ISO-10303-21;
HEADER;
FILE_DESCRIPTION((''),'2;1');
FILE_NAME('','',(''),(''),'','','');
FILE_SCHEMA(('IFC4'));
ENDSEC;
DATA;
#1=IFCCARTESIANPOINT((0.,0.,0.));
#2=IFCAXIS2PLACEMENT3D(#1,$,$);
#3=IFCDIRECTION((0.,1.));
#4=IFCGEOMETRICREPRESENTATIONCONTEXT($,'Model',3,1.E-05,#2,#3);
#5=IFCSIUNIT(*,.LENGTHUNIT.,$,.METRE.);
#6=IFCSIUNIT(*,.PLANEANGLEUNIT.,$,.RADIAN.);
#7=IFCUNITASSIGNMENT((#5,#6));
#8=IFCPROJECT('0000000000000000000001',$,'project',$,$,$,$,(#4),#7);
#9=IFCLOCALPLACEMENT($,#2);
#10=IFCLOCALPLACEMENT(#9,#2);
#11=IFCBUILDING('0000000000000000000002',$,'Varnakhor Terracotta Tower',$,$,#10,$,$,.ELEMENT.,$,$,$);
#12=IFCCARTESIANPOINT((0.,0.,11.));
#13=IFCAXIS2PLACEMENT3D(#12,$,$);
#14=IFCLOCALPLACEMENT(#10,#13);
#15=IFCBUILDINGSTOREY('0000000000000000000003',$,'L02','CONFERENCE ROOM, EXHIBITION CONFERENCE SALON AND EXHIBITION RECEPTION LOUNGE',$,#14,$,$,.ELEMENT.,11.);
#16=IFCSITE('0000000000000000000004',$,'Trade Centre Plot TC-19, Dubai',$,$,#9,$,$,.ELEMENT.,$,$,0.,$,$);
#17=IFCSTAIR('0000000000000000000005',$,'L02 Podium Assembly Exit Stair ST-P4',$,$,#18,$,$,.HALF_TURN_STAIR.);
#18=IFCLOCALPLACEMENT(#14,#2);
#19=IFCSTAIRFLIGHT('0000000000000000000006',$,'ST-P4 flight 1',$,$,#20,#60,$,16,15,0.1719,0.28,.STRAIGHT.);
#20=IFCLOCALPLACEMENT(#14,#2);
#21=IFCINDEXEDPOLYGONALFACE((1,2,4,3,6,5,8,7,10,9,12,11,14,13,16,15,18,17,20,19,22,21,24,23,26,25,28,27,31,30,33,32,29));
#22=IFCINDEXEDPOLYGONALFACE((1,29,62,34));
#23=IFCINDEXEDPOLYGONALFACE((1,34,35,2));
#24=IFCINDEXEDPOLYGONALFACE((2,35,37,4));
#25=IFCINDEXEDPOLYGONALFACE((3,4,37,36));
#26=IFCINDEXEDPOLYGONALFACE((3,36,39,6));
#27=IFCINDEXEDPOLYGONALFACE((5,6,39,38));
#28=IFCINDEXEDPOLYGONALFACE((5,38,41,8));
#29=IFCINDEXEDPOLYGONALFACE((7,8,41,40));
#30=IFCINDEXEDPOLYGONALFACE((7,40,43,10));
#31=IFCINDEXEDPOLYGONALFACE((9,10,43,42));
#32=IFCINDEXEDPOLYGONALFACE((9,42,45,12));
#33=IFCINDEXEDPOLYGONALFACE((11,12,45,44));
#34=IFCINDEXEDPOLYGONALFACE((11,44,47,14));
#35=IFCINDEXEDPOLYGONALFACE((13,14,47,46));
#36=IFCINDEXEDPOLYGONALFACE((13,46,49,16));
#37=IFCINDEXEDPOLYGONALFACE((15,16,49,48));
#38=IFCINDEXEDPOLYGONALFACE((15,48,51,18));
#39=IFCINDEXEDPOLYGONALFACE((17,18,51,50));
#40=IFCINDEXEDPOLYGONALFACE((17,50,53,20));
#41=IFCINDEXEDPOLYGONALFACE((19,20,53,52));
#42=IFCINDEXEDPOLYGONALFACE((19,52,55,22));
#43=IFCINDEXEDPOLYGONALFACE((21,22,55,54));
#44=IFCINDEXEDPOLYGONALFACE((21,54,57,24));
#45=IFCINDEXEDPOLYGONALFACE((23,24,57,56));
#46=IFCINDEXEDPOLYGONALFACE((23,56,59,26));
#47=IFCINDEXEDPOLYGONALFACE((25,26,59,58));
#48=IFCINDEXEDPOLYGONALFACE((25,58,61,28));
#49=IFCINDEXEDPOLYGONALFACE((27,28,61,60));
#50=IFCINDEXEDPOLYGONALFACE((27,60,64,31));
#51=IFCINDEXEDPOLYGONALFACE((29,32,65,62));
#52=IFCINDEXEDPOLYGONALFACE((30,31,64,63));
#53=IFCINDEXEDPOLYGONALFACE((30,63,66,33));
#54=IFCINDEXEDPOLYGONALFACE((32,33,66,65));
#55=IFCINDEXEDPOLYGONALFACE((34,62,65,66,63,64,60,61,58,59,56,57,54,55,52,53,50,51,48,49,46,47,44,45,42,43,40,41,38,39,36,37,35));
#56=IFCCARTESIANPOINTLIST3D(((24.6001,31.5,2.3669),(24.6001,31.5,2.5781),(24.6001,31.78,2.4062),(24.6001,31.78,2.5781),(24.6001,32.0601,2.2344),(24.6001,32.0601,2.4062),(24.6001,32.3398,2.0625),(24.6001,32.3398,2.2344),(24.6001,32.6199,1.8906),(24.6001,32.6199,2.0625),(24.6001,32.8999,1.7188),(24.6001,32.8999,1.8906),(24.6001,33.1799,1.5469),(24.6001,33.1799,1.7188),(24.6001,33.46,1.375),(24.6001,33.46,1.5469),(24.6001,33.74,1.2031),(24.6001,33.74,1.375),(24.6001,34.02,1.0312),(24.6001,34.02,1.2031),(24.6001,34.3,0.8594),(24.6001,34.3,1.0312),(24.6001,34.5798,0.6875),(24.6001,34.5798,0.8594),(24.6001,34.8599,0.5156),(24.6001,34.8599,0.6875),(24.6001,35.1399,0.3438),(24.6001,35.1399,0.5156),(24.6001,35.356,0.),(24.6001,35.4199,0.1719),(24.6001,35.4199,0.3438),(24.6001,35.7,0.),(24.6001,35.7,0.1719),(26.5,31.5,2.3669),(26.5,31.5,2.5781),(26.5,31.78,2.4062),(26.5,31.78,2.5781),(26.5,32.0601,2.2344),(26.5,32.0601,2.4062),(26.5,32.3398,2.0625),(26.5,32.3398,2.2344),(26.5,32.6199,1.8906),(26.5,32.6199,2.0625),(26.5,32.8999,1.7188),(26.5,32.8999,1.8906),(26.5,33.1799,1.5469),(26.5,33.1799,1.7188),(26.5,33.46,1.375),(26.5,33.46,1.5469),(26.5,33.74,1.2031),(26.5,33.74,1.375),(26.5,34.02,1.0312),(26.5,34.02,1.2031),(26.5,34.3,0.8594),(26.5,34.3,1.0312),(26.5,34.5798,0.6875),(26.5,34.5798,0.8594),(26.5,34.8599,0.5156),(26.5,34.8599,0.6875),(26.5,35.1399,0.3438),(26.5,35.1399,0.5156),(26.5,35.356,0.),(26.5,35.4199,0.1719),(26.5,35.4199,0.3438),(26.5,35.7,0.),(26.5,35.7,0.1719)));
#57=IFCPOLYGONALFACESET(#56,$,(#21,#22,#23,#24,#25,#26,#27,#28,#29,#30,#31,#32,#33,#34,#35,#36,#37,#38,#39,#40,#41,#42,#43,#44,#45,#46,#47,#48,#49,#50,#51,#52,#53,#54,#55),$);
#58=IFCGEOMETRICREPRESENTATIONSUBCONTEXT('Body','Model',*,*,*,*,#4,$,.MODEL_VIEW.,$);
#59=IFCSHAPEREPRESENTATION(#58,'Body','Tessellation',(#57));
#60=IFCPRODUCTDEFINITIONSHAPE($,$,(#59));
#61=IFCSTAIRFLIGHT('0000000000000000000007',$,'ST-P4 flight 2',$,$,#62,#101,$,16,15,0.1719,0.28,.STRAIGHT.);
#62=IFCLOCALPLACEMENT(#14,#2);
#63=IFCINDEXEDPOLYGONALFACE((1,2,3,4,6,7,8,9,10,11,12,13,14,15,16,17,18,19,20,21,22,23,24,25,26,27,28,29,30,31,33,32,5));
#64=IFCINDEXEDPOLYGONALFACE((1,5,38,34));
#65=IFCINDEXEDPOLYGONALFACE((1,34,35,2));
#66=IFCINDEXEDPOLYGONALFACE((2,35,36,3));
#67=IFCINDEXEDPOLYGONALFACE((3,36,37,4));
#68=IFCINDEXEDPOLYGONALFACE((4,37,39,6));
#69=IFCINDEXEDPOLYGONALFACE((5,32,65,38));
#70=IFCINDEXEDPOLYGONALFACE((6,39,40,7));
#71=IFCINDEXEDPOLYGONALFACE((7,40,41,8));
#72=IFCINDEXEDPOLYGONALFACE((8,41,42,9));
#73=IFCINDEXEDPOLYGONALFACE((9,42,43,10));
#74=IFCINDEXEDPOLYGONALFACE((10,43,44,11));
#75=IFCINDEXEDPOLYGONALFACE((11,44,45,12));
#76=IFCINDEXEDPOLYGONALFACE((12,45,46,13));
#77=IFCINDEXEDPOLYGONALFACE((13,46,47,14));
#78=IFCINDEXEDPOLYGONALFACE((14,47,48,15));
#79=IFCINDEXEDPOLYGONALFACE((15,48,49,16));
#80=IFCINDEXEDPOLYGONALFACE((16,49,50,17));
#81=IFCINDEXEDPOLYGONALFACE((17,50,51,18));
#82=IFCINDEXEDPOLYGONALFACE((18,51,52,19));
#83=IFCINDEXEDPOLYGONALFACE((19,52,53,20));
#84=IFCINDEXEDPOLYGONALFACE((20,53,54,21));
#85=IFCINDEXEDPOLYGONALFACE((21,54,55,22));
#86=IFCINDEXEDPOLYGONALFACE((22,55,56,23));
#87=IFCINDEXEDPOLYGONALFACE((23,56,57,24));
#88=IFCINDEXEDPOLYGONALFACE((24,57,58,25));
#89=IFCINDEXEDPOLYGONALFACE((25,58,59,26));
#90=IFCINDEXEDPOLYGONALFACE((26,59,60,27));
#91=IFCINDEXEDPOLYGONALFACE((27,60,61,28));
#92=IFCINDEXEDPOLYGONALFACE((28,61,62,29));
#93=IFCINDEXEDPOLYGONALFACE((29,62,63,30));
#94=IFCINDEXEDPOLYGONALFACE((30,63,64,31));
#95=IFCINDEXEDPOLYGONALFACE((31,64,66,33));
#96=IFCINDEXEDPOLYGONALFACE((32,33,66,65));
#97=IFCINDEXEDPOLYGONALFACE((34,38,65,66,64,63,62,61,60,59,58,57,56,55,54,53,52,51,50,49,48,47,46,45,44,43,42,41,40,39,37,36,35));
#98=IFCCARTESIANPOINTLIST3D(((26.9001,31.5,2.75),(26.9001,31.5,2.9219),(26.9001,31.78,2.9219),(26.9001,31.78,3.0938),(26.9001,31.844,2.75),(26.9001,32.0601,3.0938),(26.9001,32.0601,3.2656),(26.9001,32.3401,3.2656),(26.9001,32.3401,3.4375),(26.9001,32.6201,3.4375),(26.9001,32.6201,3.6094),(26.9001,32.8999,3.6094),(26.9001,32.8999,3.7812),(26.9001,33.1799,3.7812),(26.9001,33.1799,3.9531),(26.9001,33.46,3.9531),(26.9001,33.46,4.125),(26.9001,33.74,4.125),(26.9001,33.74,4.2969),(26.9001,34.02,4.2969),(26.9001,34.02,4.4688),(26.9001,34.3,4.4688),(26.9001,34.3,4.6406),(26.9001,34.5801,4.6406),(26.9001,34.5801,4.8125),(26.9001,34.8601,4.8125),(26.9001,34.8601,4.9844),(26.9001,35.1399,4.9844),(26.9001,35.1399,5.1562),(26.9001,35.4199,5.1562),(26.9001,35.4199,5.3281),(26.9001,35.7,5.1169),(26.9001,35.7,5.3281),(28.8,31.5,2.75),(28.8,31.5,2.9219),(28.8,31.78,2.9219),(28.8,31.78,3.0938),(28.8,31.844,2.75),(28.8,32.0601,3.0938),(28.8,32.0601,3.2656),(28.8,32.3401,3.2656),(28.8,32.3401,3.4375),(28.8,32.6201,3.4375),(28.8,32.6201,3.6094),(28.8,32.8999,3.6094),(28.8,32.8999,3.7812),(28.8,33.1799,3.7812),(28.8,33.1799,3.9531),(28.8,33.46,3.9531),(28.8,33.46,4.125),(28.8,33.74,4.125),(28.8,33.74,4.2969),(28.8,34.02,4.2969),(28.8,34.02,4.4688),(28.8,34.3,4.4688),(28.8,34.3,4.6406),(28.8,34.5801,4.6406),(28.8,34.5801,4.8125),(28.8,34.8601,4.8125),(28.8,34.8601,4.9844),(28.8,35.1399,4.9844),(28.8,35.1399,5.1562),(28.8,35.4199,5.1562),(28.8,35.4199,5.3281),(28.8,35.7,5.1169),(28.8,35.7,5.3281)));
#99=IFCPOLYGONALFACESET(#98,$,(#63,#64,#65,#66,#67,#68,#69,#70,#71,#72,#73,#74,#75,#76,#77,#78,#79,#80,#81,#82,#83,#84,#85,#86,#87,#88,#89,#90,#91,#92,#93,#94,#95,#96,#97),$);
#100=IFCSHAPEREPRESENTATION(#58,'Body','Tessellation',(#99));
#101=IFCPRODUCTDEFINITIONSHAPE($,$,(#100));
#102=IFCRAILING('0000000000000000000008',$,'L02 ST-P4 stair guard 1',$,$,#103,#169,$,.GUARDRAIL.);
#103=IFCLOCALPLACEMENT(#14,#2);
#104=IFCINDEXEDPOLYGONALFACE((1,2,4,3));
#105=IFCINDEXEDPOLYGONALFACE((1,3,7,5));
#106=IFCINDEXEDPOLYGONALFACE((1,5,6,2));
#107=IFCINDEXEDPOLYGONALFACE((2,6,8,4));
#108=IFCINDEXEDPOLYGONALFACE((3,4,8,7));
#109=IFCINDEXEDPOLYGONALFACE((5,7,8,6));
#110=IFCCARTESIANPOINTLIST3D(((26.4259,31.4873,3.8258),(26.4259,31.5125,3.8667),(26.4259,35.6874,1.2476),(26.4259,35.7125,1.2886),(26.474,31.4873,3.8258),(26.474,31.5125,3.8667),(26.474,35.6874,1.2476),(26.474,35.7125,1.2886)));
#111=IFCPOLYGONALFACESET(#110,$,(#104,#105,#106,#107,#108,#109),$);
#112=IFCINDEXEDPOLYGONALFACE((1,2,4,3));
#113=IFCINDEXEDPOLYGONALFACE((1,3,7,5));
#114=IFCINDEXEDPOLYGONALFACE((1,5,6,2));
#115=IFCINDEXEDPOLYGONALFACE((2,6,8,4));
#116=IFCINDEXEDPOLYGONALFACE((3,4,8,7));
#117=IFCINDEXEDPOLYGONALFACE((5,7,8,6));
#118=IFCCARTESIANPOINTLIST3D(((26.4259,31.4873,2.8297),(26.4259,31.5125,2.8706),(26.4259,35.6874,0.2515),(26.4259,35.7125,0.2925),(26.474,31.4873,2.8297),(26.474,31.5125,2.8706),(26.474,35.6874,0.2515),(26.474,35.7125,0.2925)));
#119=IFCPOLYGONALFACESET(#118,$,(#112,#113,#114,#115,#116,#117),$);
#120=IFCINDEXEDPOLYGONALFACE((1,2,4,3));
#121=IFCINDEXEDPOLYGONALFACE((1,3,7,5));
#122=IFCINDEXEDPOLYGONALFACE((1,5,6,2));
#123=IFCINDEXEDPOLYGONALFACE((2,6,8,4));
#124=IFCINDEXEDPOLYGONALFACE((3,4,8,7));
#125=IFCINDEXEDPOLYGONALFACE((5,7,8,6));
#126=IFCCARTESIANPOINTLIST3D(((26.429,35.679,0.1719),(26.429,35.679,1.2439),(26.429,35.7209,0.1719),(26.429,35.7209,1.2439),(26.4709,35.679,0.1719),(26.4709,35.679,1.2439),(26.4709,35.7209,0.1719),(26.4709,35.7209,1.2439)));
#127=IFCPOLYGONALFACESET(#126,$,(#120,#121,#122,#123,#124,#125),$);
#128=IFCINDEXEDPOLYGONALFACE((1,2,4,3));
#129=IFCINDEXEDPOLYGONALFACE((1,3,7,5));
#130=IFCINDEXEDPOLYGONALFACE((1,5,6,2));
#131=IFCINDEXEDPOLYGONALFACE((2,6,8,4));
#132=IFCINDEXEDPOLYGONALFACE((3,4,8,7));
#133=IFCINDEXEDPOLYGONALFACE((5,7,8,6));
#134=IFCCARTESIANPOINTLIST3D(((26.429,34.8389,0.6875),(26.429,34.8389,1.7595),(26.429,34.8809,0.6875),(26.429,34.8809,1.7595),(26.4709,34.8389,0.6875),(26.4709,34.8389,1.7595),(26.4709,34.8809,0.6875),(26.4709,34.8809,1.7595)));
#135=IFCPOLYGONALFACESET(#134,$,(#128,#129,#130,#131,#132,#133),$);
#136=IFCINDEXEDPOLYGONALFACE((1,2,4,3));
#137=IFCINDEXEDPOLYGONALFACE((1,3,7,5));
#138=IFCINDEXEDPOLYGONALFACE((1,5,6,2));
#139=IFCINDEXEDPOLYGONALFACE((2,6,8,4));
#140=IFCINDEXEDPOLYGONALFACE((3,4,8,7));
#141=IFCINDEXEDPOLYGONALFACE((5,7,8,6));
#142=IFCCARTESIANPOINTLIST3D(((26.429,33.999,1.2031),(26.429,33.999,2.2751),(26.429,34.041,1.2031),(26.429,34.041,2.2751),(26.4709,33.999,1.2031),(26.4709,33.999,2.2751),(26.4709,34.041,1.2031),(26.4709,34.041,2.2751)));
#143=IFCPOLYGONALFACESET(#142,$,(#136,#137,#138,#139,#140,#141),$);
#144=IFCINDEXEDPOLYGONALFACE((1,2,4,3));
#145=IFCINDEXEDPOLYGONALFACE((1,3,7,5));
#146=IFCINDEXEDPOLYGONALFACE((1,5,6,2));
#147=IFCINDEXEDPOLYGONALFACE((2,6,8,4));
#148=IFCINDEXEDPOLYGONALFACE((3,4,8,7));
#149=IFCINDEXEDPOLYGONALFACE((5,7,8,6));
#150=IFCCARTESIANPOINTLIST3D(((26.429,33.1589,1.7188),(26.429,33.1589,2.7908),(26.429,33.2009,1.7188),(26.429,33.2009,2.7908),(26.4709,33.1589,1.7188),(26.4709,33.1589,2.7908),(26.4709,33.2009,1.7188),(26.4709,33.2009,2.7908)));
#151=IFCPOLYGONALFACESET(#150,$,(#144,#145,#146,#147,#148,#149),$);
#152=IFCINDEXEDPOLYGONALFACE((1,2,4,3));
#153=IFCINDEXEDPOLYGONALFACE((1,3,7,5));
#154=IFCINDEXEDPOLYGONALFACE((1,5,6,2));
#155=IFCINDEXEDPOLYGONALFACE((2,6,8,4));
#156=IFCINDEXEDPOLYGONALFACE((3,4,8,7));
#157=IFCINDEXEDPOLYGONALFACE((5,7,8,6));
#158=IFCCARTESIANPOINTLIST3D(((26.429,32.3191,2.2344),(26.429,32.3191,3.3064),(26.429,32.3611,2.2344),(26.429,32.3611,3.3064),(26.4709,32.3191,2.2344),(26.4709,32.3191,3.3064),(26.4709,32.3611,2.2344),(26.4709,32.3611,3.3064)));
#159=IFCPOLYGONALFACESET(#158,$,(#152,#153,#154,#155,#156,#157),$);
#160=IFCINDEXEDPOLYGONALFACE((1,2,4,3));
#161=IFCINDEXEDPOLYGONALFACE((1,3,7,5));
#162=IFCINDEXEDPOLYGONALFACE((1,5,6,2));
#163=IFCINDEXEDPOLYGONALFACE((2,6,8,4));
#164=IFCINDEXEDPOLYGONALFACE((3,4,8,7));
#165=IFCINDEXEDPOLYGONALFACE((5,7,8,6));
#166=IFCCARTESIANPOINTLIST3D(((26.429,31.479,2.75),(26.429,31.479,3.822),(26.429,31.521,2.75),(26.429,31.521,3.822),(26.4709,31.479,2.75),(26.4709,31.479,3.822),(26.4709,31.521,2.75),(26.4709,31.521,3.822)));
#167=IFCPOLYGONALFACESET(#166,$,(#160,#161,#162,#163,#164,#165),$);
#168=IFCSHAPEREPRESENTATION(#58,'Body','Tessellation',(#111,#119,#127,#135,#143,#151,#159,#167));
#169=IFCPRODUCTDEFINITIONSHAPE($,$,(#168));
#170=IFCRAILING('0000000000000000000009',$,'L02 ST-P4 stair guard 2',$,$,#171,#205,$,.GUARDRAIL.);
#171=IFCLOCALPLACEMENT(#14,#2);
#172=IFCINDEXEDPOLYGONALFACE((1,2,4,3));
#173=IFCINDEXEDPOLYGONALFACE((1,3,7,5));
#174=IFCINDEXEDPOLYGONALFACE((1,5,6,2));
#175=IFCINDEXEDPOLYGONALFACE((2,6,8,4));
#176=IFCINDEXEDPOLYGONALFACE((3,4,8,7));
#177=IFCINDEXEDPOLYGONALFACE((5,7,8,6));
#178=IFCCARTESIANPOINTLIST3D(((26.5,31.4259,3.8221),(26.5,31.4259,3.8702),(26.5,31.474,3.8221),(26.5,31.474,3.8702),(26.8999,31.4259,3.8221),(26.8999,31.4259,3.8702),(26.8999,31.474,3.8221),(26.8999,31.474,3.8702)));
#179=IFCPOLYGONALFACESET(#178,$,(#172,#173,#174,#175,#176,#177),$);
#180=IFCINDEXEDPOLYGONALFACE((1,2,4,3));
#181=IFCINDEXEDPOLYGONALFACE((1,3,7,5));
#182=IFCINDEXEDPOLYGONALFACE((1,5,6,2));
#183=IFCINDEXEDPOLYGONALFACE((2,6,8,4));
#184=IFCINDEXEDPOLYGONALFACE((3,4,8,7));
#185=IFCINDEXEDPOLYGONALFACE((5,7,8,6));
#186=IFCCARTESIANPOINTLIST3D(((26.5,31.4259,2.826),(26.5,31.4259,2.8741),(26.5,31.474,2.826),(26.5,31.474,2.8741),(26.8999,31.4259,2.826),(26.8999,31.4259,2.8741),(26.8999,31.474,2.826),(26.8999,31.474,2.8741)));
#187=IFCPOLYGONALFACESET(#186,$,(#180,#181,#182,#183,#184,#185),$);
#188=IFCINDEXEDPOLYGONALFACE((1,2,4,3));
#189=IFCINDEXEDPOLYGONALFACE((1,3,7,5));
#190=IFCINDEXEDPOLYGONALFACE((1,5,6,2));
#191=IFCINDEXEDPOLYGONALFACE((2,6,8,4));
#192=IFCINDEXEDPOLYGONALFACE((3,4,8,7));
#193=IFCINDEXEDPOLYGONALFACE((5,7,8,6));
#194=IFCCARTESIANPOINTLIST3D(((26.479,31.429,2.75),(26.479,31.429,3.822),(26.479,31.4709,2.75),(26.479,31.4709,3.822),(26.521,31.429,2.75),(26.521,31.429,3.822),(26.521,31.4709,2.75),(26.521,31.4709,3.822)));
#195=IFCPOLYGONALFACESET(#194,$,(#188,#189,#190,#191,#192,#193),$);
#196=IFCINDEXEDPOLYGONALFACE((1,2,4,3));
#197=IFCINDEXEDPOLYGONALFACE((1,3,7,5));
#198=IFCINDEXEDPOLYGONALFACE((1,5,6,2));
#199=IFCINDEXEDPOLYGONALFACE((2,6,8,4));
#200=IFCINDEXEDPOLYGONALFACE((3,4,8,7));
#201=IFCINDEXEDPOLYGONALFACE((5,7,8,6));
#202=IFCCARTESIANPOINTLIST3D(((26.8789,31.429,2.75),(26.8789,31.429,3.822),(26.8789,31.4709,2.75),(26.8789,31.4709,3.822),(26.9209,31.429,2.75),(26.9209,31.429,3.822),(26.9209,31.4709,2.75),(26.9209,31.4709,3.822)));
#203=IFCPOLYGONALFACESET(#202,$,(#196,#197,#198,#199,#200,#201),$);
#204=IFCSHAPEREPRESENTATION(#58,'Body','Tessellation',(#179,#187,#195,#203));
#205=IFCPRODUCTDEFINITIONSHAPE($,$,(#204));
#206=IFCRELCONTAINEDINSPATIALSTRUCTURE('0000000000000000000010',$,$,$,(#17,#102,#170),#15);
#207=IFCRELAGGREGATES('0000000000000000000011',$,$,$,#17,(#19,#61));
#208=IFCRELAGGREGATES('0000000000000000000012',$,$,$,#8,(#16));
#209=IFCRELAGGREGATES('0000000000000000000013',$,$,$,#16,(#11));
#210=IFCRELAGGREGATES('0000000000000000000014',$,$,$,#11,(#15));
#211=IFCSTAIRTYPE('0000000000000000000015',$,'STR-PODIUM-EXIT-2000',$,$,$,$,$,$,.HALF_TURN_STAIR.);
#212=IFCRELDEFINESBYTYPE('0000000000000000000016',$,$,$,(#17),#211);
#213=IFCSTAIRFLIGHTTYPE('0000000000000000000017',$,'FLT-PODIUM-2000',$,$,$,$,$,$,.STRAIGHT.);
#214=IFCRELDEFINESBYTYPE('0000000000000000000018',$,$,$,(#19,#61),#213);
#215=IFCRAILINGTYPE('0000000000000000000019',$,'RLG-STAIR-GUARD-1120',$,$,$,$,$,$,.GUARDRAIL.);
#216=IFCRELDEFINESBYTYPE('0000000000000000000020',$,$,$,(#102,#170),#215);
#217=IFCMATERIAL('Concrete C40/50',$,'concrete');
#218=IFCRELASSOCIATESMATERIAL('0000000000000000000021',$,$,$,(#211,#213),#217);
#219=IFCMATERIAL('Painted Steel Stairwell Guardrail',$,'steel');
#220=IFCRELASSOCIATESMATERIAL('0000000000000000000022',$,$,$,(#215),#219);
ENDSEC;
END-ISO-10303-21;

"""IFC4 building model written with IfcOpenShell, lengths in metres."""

from ifc_helpers import new_model, si_unit, direction, frame, origin, origin_2d, place, context, subcontext, project, spatial, polyline, rectangle, outline, extrude, material, type_object, element, aggregate, save


model = new_model("IFC4")

# Units and contexts
model_context = context("Model", 3, precision=1e-05, world=origin(), true_north=direction((0.0, 1.0)))
body_context = subcontext(model_context, "Body", "Model", "MODEL_VIEW")
ifc_project = project(units=[si_unit("LENGTHUNIT", "METRE"), si_unit("PLANEANGLEUNIT", "RADIAN")], contexts=[model_context])

# Site, building, storey
site_placement = place(None, origin())
site = spatial("IfcSite", under=ifc_project, at=site_placement, Name="Trade Centre Plot TC-19, Dubai", CompositionType="ELEMENT", RefElevation=0.0)
building_placement = place(site_placement, origin())
building = spatial("IfcBuilding", under=site, at=building_placement, Name="Varnakhor Terracotta Tower", CompositionType="ELEMENT")
storey_placement = place(building_placement, frame((0.0, 0.0, 11.0)))
storey = spatial("IfcBuildingStorey", under=building, at=storey_placement, Name="L02", Description="CONFERENCE ROOM, EXHIBITION CONFERENCE SALON AND EXHIBITION RECEPTION LOUNGE", CompositionType="ELEMENT", Elevation=11.0)

# Shared definitions
ifc_material_1 = material(Name="Concrete C40/50", Category="concrete")

# Stair, stair flights
stair_type = type_object("IfcStairType", Name="STR-PODIUM-EXIT-2000", PredefinedType="HALF_TURN_STAIR", material=ifc_material_1)
stair_placement = place(storey_placement, origin())
stair = element("IfcStair", 1, at=stair_placement, inside=storey, type_object=stair_type, Name="L02 Podium Assembly Exit Stair ST-P4", PredefinedType="HALF_TURN_STAIR")
stair_flight_type = type_object("IfcStairFlightType", Name="FLT-PODIUM-2000", PredefinedType="STRAIGHT", material=ifc_material_1)
stair_flight_1_placement = place(storey_placement, frame((25.55, 35.7, 0.0), z_axis=(0.0, 0.0, 1.0), x_axis=(0.0, -1.0, 0.0)))
stair_flight_1 = element("IfcStairFlight", 2, at=stair_flight_1_placement, type_object=stair_flight_type, Name="ST-P4 flight 1", NumberOfRisers=16, NumberOfTreads=15, PredefinedType="STRAIGHT", RiserHeight=0.1719, TreadLength=0.28, context=body_context, shape_type="SweptSolid", body=[
    extrude(outline(polyline([(0.0, 0.0), (0.0, 0.1719), (0.28, 0.1719), (0.28, 0.3438), (0.5601, 0.3438), (0.5601, 0.5156), (0.8401, 0.5156), (0.8401, 0.6875), (1.1201, 0.6875), (1.1201, 0.8594), (1.3999, 0.8594), (1.3999, 1.0312), (1.6799, 1.0312), (1.6799, 1.2031), (1.96, 1.2031), (1.96, 1.375), (2.24, 1.375), (2.24, 1.5469), (2.52, 1.5469), (2.52, 1.7188), (2.8, 1.7188), (2.8, 1.8906), (3.0801, 1.8906), (3.0801, 2.0625), (3.3601, 2.0625), (3.3601, 2.2344), (3.6399, 2.2344), (3.6399, 2.4062), (3.9199, 2.4062), (3.9199, 2.5781), (4.2, 2.5781), (4.2, 2.75), (4.2, 2.3669), (0.344, 0.0), (0.0, 0.0)])), frame((0.0, 0.95, 0.0), z_axis=(0.0, -1.0, 0.0), x_axis=(1.0, 0.0, 0.0)), (0.0, 0.0, 1.0), 1.8999),
])
stair_flight_2_placement = place(storey_placement, frame((27.8501, 31.5, 2.75), z_axis=(0.0, 0.0, 1.0), x_axis=(0.0, 1.0, 0.0)))
stair_flight_2 = element("IfcStairFlight", 3, at=stair_flight_2_placement, type_object=stair_flight_type, Name="ST-P4 flight 2", NumberOfRisers=16, NumberOfTreads=15, PredefinedType="STRAIGHT", RiserHeight=0.1719, TreadLength=0.28, context=body_context, shape_type="SweptSolid", body=[
    extrude(outline(polyline([(0.0, 0.0), (0.0, 0.1719), (0.28, 0.1719), (0.28, 0.3438), (0.5601, 0.3438), (0.5601, 0.5156), (0.8401, 0.5156), (0.8401, 0.6875), (1.1201, 0.6875), (1.1201, 0.8594), (1.3999, 0.8594), (1.3999, 1.0312), (1.6799, 1.0312), (1.6799, 1.2031), (1.96, 1.2031), (1.96, 1.375), (2.24, 1.375), (2.24, 1.5469), (2.52, 1.5469), (2.52, 1.7188), (2.8, 1.7188), (2.8, 1.8906), (3.0801, 1.8906), (3.0801, 2.0625), (3.3601, 2.0625), (3.3601, 2.2344), (3.6399, 2.2344), (3.6399, 2.4062), (3.9199, 2.4062), (3.9199, 2.5781), (4.2, 2.5781), (4.2, 2.75), (4.2, 2.3669), (0.344, 0.0), (0.0, 0.0)])), frame((0.0, 0.95, 0.0), z_axis=(0.0, -1.0, 0.0), x_axis=(1.0, 0.0, 0.0)), (0.0, 0.0, 1.0), 1.8999),
])
aggregate(stair, [stair_flight_1, stair_flight_2])

# Railings
ifc_material_2 = material(Name="Painted Steel Stairwell Guardrail", Category="steel")
railing_type_1 = type_object("IfcRailingType", Name="RLG-STAIR-GUARD-1120", PredefinedType="GUARDRAIL", material=ifc_material_2)
railing_1_placement = place(storey_placement, frame((26.45, 35.7, 0.1719)))
element("IfcRailing", 4, at=railing_1_placement, inside=storey, type_object=railing_type_1, Name="L02 ST-P4 stair guard 1", PredefinedType="GUARDRAIL", context=body_context, shape_type="SweptSolid", body=[
    extrude(rectangle(XDim=0.0481, YDim=0.0481, at=origin_2d()), frame((0.0, 0.0, 1.0962), z_axis=(0.0, -0.852243, 0.523146), x_axis=(1.0, 0.0, 0.0)), (0.0, 0.0, 1.0), 4.9282),
    extrude(rectangle(XDim=0.0481, YDim=0.0481, at=origin_2d()), frame((0.0, 0.0, 0.1001), z_axis=(0.0, -0.852243, 0.523146), x_axis=(1.0, 0.0, 0.0)), (0.0, 0.0, 1.0), 4.9282),
    extrude(rectangle(XDim=0.042, YDim=0.042, at=origin_2d()), origin(), (0.0, 0.0, 1.0), 1.072),
    extrude(rectangle(XDim=0.042, YDim=0.042, at=origin_2d()), frame((0.0, -0.8401, 0.5156)), (0.0, 0.0, 1.0), 1.072),
    extrude(rectangle(XDim=0.042, YDim=0.042, at=origin_2d()), frame((0.0, -1.6799, 1.0312)), (0.0, 0.0, 1.0), 1.072),
    extrude(rectangle(XDim=0.042, YDim=0.042, at=origin_2d()), frame((0.0, -2.52, 1.5469)), (0.0, 0.0, 1.0), 1.072),
    extrude(rectangle(XDim=0.042, YDim=0.042, at=origin_2d()), frame((0.0, -3.3599, 2.0625)), (0.0, 0.0, 1.0), 1.072),
    extrude(rectangle(XDim=0.042, YDim=0.042, at=origin_2d()), frame((0.0, -4.2, 2.5781)), (0.0, 0.0, 1.0), 1.072),
])
railing_2_placement = place(storey_placement, frame((26.5, 31.45, 2.75)))
element("IfcRailing", 5, at=railing_2_placement, inside=storey, type_object=railing_type_1, Name="L02 ST-P4 stair guard 2", PredefinedType="GUARDRAIL", context=body_context, shape_type="SweptSolid", body=[
    extrude(rectangle(XDim=0.0481, YDim=0.0481, at=origin_2d()), frame((0.0, 0.0, 1.0962), z_axis=(1.0, 0.0, 0.0), x_axis=(0.0, 1.0, 0.0)), (0.0, 0.0, 1.0), 0.3999),
    extrude(rectangle(XDim=0.0481, YDim=0.0481, at=origin_2d()), frame((0.0, 0.0, 0.1001), z_axis=(1.0, 0.0, 0.0), x_axis=(0.0, 1.0, 0.0)), (0.0, 0.0, 1.0), 0.3999),
    extrude(rectangle(XDim=0.042, YDim=0.042, at=origin_2d()), origin(), (0.0, 0.0, 1.0), 1.072),
    extrude(rectangle(XDim=0.042, YDim=0.042, at=origin_2d()), frame((0.3999, 0.0, 0.0)), (0.0, 0.0, 1.0), 1.072),
])

save(model, "model.ifc")
